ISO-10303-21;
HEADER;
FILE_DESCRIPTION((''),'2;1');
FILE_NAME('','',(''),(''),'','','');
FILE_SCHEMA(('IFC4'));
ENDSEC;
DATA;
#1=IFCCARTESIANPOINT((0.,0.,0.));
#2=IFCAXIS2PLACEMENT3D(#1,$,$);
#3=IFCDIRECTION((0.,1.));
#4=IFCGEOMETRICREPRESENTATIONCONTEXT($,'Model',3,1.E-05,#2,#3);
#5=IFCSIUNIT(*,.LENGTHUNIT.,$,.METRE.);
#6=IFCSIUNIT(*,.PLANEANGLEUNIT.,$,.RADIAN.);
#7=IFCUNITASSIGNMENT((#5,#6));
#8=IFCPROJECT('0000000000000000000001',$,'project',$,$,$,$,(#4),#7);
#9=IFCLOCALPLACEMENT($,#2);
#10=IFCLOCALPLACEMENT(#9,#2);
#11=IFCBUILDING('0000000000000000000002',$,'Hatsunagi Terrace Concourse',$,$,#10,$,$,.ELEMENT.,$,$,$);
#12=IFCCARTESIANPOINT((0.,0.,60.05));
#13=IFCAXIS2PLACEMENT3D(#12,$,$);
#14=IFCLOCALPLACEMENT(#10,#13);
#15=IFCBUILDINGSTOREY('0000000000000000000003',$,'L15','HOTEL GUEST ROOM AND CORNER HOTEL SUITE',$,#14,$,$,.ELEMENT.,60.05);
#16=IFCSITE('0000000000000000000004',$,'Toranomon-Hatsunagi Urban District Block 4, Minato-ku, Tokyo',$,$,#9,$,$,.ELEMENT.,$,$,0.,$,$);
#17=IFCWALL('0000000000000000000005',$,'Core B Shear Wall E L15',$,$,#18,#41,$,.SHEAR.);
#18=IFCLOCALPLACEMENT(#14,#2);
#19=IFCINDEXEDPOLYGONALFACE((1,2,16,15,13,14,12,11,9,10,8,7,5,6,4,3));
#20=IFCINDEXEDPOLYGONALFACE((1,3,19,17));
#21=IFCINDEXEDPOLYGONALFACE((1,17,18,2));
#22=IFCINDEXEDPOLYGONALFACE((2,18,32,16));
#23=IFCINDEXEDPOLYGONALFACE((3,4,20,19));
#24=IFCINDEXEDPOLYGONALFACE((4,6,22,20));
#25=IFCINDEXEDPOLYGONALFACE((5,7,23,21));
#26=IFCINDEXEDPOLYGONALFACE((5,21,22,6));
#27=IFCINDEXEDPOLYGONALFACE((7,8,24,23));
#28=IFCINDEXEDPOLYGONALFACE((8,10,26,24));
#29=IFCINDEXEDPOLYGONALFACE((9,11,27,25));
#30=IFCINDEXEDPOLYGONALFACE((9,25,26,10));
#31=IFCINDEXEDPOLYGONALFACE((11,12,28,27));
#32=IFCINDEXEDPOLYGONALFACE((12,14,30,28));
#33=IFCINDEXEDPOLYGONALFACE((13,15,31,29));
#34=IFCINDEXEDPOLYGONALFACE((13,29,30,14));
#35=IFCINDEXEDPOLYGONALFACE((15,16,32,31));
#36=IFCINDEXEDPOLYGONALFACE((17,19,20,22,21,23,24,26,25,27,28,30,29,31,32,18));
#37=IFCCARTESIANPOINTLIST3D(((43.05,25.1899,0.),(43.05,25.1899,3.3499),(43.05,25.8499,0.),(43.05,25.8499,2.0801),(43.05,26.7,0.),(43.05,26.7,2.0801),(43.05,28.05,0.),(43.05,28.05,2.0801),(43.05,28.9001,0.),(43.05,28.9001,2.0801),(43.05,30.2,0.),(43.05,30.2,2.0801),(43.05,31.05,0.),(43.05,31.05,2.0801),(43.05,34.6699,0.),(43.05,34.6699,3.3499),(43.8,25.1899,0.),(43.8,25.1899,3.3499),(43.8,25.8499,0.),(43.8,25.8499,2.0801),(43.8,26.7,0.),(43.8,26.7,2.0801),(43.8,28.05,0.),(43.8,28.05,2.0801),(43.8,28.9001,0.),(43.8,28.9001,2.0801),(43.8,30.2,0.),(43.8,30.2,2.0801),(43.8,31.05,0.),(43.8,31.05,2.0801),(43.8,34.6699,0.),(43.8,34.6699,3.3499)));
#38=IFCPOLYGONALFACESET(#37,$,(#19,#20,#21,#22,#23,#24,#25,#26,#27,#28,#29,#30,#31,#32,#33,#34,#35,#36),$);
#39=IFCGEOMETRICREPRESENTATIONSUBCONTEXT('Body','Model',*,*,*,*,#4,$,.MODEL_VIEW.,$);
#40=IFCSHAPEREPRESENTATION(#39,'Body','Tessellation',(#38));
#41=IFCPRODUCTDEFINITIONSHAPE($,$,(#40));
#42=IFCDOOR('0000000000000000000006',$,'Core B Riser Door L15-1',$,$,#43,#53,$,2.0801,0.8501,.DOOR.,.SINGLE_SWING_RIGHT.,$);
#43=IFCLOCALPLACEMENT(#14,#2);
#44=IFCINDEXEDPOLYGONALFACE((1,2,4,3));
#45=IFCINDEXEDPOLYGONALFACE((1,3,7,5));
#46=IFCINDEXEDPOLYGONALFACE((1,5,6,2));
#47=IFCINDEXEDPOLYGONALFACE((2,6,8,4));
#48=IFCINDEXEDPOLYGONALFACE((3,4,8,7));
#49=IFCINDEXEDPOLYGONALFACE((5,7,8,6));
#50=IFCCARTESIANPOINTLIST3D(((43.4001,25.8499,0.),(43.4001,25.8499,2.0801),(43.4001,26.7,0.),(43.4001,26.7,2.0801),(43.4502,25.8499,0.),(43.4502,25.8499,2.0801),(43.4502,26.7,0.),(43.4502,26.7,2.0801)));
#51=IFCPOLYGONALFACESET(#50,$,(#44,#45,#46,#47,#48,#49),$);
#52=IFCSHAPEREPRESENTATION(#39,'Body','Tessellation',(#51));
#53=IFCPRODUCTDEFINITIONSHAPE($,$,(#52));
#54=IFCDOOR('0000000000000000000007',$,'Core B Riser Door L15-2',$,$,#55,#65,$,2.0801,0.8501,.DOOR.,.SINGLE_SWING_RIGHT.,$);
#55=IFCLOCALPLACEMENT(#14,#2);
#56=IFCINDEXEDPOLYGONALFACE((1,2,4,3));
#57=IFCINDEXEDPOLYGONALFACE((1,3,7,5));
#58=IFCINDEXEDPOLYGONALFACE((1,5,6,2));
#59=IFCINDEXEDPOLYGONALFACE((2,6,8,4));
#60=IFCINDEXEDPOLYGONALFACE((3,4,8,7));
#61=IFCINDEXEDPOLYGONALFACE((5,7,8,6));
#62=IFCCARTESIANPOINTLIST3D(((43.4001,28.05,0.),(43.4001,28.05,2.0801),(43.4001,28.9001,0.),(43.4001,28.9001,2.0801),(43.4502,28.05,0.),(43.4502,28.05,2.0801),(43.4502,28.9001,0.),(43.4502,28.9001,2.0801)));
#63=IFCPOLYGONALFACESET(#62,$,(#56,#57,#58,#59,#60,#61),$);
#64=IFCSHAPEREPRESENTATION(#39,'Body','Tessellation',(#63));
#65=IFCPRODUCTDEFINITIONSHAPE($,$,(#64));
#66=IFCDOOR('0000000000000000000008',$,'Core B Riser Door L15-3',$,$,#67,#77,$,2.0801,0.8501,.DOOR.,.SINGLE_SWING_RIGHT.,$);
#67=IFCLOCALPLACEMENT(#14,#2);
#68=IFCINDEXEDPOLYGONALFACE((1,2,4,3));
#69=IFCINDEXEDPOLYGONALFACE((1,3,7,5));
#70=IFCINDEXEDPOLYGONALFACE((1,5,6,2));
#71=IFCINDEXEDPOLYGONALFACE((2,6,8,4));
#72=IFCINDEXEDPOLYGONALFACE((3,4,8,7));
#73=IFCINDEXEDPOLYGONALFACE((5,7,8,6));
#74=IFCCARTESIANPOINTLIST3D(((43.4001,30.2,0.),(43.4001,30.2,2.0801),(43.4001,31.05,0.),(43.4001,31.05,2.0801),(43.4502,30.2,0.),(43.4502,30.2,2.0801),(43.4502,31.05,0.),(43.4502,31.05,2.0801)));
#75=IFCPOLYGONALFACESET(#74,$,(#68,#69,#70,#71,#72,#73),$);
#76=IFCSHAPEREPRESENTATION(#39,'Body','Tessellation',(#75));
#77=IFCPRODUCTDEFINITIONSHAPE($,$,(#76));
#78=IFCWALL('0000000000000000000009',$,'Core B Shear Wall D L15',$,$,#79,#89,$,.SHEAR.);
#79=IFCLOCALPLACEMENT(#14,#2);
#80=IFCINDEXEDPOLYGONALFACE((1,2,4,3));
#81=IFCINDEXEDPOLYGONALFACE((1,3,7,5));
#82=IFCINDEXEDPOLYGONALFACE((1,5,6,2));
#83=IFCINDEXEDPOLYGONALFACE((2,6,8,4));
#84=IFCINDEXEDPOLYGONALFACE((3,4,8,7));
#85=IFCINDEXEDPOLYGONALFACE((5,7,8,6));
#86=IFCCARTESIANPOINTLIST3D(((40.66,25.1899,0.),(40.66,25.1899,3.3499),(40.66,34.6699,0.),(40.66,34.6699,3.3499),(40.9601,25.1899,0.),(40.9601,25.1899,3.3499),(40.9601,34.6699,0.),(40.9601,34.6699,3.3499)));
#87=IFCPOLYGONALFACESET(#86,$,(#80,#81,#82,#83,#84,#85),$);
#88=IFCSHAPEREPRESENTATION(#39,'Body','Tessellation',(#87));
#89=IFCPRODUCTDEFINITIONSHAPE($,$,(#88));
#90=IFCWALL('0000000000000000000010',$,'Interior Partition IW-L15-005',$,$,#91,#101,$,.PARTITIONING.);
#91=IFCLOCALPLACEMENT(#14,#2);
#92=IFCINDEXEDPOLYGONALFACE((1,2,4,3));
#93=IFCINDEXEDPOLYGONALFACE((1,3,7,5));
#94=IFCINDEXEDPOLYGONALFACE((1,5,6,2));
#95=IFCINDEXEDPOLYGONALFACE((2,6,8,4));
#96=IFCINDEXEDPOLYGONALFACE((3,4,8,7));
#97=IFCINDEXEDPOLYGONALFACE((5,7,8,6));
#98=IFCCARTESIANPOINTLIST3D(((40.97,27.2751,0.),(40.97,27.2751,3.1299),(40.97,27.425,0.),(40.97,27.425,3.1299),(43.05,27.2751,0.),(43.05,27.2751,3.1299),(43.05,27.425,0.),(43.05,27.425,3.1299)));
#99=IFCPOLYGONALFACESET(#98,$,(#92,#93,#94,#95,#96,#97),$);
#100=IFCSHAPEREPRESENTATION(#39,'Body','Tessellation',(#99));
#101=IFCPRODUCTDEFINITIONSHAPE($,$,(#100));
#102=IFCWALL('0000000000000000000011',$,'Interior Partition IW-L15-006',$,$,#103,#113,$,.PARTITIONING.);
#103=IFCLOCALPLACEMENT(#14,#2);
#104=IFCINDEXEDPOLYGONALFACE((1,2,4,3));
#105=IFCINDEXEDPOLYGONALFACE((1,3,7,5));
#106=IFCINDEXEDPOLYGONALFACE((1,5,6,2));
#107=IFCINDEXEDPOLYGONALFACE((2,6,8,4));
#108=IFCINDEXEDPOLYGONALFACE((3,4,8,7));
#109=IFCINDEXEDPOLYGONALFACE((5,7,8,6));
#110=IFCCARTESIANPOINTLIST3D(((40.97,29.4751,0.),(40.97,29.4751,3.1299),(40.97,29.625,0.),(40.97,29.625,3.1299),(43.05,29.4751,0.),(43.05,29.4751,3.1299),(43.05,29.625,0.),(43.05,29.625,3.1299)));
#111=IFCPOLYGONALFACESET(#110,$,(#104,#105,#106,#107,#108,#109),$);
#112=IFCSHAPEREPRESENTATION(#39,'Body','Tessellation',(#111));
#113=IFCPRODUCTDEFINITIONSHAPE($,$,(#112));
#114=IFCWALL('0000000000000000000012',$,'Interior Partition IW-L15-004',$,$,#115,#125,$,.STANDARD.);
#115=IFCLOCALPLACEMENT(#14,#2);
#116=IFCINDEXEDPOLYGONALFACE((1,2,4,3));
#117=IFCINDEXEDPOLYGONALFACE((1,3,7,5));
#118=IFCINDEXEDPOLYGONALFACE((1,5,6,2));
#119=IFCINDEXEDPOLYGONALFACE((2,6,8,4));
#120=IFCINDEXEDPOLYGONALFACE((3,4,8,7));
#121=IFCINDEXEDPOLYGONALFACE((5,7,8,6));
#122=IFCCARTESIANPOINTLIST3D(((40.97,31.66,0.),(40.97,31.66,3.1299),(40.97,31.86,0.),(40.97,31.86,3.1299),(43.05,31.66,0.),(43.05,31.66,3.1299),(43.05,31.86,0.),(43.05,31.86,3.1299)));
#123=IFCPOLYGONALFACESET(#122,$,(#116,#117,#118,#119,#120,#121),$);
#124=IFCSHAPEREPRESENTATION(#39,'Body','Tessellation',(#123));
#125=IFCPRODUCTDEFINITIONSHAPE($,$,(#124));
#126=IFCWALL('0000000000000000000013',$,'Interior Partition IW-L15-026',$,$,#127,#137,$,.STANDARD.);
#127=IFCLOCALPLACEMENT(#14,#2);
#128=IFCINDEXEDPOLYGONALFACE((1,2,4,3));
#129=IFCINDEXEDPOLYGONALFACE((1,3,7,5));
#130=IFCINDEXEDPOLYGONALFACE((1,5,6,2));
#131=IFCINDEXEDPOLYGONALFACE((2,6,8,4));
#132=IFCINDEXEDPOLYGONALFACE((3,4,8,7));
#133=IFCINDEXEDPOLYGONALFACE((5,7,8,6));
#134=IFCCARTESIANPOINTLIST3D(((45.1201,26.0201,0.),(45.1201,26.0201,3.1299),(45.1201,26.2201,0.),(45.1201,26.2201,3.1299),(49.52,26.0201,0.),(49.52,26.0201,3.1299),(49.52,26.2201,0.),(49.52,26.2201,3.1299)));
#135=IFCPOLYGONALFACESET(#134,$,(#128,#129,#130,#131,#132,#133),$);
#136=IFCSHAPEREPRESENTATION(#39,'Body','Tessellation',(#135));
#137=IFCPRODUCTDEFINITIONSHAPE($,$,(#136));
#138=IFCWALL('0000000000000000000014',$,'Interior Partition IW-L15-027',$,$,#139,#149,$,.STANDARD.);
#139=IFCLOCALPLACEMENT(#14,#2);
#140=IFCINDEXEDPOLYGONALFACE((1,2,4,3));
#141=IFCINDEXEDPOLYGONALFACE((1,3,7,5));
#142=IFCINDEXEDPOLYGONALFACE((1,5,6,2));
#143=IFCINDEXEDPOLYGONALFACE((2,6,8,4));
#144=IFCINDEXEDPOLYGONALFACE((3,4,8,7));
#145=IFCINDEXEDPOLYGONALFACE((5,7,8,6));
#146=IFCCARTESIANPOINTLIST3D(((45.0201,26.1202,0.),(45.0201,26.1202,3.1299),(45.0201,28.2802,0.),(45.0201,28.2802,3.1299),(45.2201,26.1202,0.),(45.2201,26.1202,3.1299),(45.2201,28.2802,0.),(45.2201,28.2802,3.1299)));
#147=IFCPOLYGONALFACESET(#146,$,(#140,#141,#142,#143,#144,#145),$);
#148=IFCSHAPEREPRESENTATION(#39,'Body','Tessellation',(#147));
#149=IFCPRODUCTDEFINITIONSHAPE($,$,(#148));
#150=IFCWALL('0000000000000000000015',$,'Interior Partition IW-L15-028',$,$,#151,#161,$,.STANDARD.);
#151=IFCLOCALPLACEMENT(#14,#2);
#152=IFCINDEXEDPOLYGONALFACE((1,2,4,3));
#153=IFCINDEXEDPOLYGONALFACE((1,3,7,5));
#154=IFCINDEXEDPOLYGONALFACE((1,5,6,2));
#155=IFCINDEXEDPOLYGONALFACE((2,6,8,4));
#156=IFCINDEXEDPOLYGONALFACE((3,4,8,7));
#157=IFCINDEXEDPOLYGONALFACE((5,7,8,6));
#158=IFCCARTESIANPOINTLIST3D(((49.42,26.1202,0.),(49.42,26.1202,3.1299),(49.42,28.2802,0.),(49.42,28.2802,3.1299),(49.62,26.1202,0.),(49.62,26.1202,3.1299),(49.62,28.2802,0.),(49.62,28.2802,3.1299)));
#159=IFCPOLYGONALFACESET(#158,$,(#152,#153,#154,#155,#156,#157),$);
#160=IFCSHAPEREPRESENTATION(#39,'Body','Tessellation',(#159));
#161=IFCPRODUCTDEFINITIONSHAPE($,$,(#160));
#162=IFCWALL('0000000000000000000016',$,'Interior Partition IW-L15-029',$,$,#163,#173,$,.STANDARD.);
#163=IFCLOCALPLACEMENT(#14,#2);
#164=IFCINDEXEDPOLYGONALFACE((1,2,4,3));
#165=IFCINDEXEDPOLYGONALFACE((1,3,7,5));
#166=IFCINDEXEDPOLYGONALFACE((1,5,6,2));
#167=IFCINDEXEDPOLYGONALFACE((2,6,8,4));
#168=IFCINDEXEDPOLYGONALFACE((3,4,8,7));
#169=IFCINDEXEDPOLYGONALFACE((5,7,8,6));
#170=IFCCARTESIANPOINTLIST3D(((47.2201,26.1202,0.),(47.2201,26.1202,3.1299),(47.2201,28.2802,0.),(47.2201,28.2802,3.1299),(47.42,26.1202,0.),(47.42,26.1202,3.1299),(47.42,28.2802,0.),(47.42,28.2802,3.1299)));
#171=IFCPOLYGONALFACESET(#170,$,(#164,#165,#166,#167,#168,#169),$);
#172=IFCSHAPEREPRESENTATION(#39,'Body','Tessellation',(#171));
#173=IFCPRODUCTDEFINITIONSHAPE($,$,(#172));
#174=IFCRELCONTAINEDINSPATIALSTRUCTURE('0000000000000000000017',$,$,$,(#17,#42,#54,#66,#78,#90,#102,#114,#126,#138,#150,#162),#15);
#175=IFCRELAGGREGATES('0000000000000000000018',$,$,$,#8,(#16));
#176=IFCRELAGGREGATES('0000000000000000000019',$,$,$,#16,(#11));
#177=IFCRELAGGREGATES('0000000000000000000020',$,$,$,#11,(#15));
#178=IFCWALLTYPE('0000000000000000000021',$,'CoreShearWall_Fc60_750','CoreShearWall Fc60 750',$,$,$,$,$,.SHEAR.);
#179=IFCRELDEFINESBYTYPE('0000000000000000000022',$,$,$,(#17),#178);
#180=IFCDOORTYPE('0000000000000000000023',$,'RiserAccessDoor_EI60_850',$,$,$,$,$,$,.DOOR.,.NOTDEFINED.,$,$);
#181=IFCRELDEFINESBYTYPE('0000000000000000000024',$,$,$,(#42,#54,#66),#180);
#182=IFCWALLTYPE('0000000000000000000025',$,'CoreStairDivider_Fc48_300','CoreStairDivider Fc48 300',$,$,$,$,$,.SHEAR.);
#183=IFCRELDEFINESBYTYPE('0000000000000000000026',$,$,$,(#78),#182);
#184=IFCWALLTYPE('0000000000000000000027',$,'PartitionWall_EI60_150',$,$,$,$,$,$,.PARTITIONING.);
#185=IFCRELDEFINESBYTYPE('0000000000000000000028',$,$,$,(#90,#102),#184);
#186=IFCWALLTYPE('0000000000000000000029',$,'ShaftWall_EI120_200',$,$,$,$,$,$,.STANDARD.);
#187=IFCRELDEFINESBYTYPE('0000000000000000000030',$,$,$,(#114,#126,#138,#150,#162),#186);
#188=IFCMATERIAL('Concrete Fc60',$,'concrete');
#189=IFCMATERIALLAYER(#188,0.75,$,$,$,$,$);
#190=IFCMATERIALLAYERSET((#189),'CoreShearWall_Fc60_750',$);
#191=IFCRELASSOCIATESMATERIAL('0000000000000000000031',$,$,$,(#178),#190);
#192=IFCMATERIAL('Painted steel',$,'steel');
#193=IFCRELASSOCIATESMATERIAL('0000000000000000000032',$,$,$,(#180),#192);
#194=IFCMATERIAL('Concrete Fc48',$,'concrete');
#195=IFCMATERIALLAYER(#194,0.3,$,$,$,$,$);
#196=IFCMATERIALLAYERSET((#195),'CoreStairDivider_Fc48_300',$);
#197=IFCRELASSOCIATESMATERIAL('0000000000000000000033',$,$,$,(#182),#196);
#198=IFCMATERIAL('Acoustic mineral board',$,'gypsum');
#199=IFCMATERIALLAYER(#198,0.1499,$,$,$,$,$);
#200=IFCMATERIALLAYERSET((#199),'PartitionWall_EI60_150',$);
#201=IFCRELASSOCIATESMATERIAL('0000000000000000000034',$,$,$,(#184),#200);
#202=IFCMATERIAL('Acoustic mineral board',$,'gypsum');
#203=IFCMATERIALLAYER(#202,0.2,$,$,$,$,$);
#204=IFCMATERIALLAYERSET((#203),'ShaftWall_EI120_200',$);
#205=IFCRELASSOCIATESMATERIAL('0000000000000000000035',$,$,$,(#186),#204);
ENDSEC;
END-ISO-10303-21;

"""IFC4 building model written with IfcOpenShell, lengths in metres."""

from ifc_helpers import new_model, si_unit, direction, frame, frame_2d, origin, place, context, subcontext, project, spatial, rectangle, extrude, material, layer, layer_set, type_object, element, fill, save


model = new_model("IFC4")

# Units and contexts
model_context = context("Model", 3, precision=1e-05, world=origin(), true_north=direction((0.0, 1.0)))
body_context = subcontext(model_context, "Body", "Model", "MODEL_VIEW")
ifc_project = project(units=[si_unit("LENGTHUNIT", "METRE"), si_unit("PLANEANGLEUNIT", "RADIAN")], contexts=[model_context])

# Site, building, storey
site_placement = place(None, origin())
site = spatial("IfcSite", under=ifc_project, at=site_placement, Name="Toranomon-Hatsunagi Urban District Block 4, Minato-ku, Tokyo", CompositionType="ELEMENT", RefElevation=0.0)
building_placement = place(site_placement, origin())
building = spatial("IfcBuilding", under=site, at=building_placement, Name="Hatsunagi Terrace Concourse", CompositionType="ELEMENT")
storey_placement = place(building_placement, frame((0.0, 0.0, 60.05)))
storey = spatial("IfcBuildingStorey", under=building, at=storey_placement, Name="L15", Description="HOTEL GUEST ROOM AND CORNER HOTEL SUITE", CompositionType="ELEMENT", Elevation=60.05)

# Wall, openings, doors
ifc_material_1 = material(Name="Concrete Fc60", Category="concrete")
ifc_layer_1 = layer(ifc_material_1, 0.75)
ifc_layer_set_1 = layer_set([ifc_layer_1], Name="CoreShearWall_Fc60_750")
wall_type_1 = type_object("IfcWallType", Name="CoreShearWall_Fc60_750", Description="CoreShearWall Fc60 750", PredefinedType="SHEAR", material=ifc_layer_set_1)
wall_1_placement = place(storey_placement, frame((43.425, 25.1899, 0.0), z_axis=(0.0, 0.0, 1.0), x_axis=(0.0, 1.0, 0.0)))
wall_1 = element("IfcWall", 1, at=wall_1_placement, inside=storey, type_object=wall_type_1, Name="Core B Shear Wall E L15", PredefinedType="SHEAR", context=body_context, shape_type="SweptSolid", body=[
    extrude(rectangle(XDim=9.48, YDim=0.75, at=frame_2d((4.74, 0.0))), origin(), (0.0, 0.0, 1.0), 3.3499),
])
opening_1_placement = place(wall_1_placement, frame((0.6599, 0.0, 0.0)))
opening_1 = element("IfcOpeningElement", 2, at=opening_1_placement, cuts=wall_1, PredefinedType="OPENING", context=body_context, shape_type="SweptSolid", body=[
    extrude(rectangle(XDim=0.8501, YDim=2.0801, at=frame_2d((0.425, 1.04))), frame((0.0, 0.385, 0.0), z_axis=(0.0, -1.0, 0.0), x_axis=(1.0, 0.0, 0.0)), (0.0, 0.0, 1.0), 0.77),
])
opening_2_placement = place(wall_1_placement, frame((2.8601, 0.0, 0.0)))
opening_2 = element("IfcOpeningElement", 3, at=opening_2_placement, cuts=wall_1, PredefinedType="OPENING", context=body_context, shape_type="SweptSolid", body=[
    extrude(rectangle(XDim=0.8501, YDim=2.0801, at=frame_2d((0.425, 1.04))), frame((0.0, 0.385, 0.0), z_axis=(0.0, -1.0, 0.0), x_axis=(1.0, 0.0, 0.0)), (0.0, 0.0, 1.0), 0.77),
])
opening_3_placement = place(wall_1_placement, frame((5.01, 0.0, 0.0)))
opening_3 = element("IfcOpeningElement", 4, at=opening_3_placement, cuts=wall_1, PredefinedType="OPENING", context=body_context, shape_type="SweptSolid", body=[
    extrude(rectangle(XDim=0.8501, YDim=2.0801, at=frame_2d((0.425, 1.04))), frame((0.0, 0.385, 0.0), z_axis=(0.0, -1.0, 0.0), x_axis=(1.0, 0.0, 0.0)), (0.0, 0.0, 1.0), 0.77),
])
ifc_material_2 = material(Name="Painted steel", Category="steel")
door_type_1 = type_object("IfcDoorType", Name="RiserAccessDoor_EI60_850", OperationType="NOTDEFINED", PredefinedType="DOOR", material=ifc_material_2)
door_1_placement = place(opening_1_placement, origin())
door_1 = element("IfcDoor", 5, at=door_1_placement, inside=storey, type_object=door_type_1, Name="Core B Riser Door L15-1", OperationType="SINGLE_SWING_RIGHT", OverallHeight=2.0801, OverallWidth=0.8501, PredefinedType="DOOR", context=body_context, shape_type="SweptSolid", body=[
    extrude(rectangle(XDim=0.8501, YDim=2.0801, at=frame_2d((0.425, 1.04))), frame((0.0, 0.0249, 0.0), z_axis=(0.0, -1.0, 0.0), x_axis=(1.0, 0.0, 0.0)), (0.0, 0.0, 1.0), 0.05),
])
fill(opening_1, door_1)
door_2_placement = place(opening_2_placement, origin())
door_2 = element("IfcDoor", 6, at=door_2_placement, inside=storey, type_object=door_type_1, Name="Core B Riser Door L15-2", OperationType="SINGLE_SWING_RIGHT", OverallHeight=2.0801, OverallWidth=0.8501, PredefinedType="DOOR", context=body_context, shape_type="SweptSolid", body=[
    extrude(rectangle(XDim=0.8501, YDim=2.0801, at=frame_2d((0.425, 1.04))), frame((0.0, 0.0249, 0.0), z_axis=(0.0, -1.0, 0.0), x_axis=(1.0, 0.0, 0.0)), (0.0, 0.0, 1.0), 0.05),
])
fill(opening_2, door_2)
door_3_placement = place(opening_3_placement, origin())
door_3 = element("IfcDoor", 7, at=door_3_placement, inside=storey, type_object=door_type_1, Name="Core B Riser Door L15-3", OperationType="SINGLE_SWING_RIGHT", OverallHeight=2.0801, OverallWidth=0.8501, PredefinedType="DOOR", context=body_context, shape_type="SweptSolid", body=[
    extrude(rectangle(XDim=0.8501, YDim=2.0801, at=frame_2d((0.425, 1.04))), frame((0.0, 0.0249, 0.0), z_axis=(0.0, -1.0, 0.0), x_axis=(1.0, 0.0, 0.0)), (0.0, 0.0, 1.0), 0.05),
])
fill(opening_3, door_3)

# Walls
ifc_material_3 = material(Name="Concrete Fc48", Category="concrete")
ifc_layer_2 = layer(ifc_material_3, 0.3)
ifc_layer_set_2 = layer_set([ifc_layer_2], Name="CoreStairDivider_Fc48_300")
wall_type_2 = type_object("IfcWallType", Name="CoreStairDivider_Fc48_300", Description="CoreStairDivider Fc48 300", PredefinedType="SHEAR", material=ifc_layer_set_2)
wall_2_placement = place(storey_placement, frame((40.8101, 25.1899, 0.0), z_axis=(0.0, 0.0, 1.0), x_axis=(0.0, 1.0, 0.0)))
element("IfcWall", 8, at=wall_2_placement, inside=storey, type_object=wall_type_2, Name="Core B Shear Wall D L15", PredefinedType="SHEAR", context=body_context, shape_type="SweptSolid", body=[
    extrude(rectangle(XDim=9.48, YDim=0.3, at=frame_2d((4.74, 0.0))), origin(), (0.0, 0.0, 1.0), 3.3499),
])
ifc_material_4 = material(Name="Acoustic mineral board", Category="gypsum")
ifc_layer_3 = layer(ifc_material_4, 0.1499)
ifc_layer_set_3 = layer_set([ifc_layer_3], Name="PartitionWall_EI60_150")
wall_type_3 = type_object("IfcWallType", Name="PartitionWall_EI60_150", PredefinedType="PARTITIONING", material=ifc_layer_set_3)
for number, where, z_axis, x_axis, name in (
    (9, (40.97, 27.3501, 0.0), (0.0, 0.0, 1.0), (1.0, 0.0, 0.0), "Interior Partition IW-L15-005"),
    (10, (40.97, 29.55, 0.0), (0.0, 0.0, 1.0), (1.0, 0.0, 0.0), "Interior Partition IW-L15-006"),
):
    element("IfcWall", number, at=place(storey_placement, frame(where, z_axis=z_axis, x_axis=x_axis)), inside=storey, type_object=wall_type_3, Name=name, PredefinedType="PARTITIONING", context=body_context, shape_type="SweptSolid", body=[
        extrude(rectangle(XDim=2.0801, YDim=0.1499, at=frame_2d((1.04, 0.0))), origin(), (0.0, 0.0, 1.0), 3.1299),
    ])
ifc_material_5 = material(Name="Acoustic mineral board", Category="gypsum")
ifc_layer_4 = layer(ifc_material_5, 0.2)
ifc_layer_set_4 = layer_set([ifc_layer_4], Name="ShaftWall_EI120_200")
wall_type_4 = type_object("IfcWallType", Name="ShaftWall_EI120_200", PredefinedType="STANDARD", material=ifc_layer_set_4)
wall_3_placement = place(storey_placement, frame((40.97, 31.76, 0.0), z_axis=(0.0, 0.0, 1.0), x_axis=(1.0, 0.0, 0.0)))
element("IfcWall", 11, at=wall_3_placement, inside=storey, type_object=wall_type_4, Name="Interior Partition IW-L15-004", PredefinedType="STANDARD", context=body_context, shape_type="SweptSolid", body=[
    extrude(rectangle(XDim=2.0801, YDim=0.2, at=frame_2d((1.04, 0.0))), origin(), (0.0, 0.0, 1.0), 3.1299),
])
wall_4_placement = place(storey_placement, frame((45.1201, 26.1201, 0.0), z_axis=(0.0, 0.0, 1.0), x_axis=(1.0, 0.0, 0.0)))
element("IfcWall", 12, at=wall_4_placement, inside=storey, type_object=wall_type_4, Name="Interior Partition IW-L15-026", PredefinedType="STANDARD", context=body_context, shape_type="SweptSolid", body=[
    extrude(rectangle(XDim=4.3999, YDim=0.2, at=frame_2d((2.2, 0.0))), origin(), (0.0, 0.0, 1.0), 3.1299),
])
for number, where, z_axis, x_axis, name in (
    (13, (45.1201, 26.1201, 0.0), (0.0, 0.0, 1.0), (0.0, 1.0, 0.0), "Interior Partition IW-L15-027"),
    (14, (49.52, 26.1201, 0.0), (0.0, 0.0, 1.0), (0.0, 1.0, 0.0), "Interior Partition IW-L15-028"),
    (15, (47.3201, 26.1201, 0.0), (0.0, 0.0, 1.0), (0.0, 1.0, 0.0), "Interior Partition IW-L15-029"),
):
    element("IfcWall", number, at=place(storey_placement, frame(where, z_axis=z_axis, x_axis=x_axis)), inside=storey, type_object=wall_type_4, Name=name, PredefinedType="STANDARD", context=body_context, shape_type="SweptSolid", body=[
        extrude(rectangle(XDim=2.1599, YDim=0.2, at=frame_2d((1.0801, 0.0))), origin(), (0.0, 0.0, 1.0), 3.1299),
    ])

save(model, "model.ifc")
